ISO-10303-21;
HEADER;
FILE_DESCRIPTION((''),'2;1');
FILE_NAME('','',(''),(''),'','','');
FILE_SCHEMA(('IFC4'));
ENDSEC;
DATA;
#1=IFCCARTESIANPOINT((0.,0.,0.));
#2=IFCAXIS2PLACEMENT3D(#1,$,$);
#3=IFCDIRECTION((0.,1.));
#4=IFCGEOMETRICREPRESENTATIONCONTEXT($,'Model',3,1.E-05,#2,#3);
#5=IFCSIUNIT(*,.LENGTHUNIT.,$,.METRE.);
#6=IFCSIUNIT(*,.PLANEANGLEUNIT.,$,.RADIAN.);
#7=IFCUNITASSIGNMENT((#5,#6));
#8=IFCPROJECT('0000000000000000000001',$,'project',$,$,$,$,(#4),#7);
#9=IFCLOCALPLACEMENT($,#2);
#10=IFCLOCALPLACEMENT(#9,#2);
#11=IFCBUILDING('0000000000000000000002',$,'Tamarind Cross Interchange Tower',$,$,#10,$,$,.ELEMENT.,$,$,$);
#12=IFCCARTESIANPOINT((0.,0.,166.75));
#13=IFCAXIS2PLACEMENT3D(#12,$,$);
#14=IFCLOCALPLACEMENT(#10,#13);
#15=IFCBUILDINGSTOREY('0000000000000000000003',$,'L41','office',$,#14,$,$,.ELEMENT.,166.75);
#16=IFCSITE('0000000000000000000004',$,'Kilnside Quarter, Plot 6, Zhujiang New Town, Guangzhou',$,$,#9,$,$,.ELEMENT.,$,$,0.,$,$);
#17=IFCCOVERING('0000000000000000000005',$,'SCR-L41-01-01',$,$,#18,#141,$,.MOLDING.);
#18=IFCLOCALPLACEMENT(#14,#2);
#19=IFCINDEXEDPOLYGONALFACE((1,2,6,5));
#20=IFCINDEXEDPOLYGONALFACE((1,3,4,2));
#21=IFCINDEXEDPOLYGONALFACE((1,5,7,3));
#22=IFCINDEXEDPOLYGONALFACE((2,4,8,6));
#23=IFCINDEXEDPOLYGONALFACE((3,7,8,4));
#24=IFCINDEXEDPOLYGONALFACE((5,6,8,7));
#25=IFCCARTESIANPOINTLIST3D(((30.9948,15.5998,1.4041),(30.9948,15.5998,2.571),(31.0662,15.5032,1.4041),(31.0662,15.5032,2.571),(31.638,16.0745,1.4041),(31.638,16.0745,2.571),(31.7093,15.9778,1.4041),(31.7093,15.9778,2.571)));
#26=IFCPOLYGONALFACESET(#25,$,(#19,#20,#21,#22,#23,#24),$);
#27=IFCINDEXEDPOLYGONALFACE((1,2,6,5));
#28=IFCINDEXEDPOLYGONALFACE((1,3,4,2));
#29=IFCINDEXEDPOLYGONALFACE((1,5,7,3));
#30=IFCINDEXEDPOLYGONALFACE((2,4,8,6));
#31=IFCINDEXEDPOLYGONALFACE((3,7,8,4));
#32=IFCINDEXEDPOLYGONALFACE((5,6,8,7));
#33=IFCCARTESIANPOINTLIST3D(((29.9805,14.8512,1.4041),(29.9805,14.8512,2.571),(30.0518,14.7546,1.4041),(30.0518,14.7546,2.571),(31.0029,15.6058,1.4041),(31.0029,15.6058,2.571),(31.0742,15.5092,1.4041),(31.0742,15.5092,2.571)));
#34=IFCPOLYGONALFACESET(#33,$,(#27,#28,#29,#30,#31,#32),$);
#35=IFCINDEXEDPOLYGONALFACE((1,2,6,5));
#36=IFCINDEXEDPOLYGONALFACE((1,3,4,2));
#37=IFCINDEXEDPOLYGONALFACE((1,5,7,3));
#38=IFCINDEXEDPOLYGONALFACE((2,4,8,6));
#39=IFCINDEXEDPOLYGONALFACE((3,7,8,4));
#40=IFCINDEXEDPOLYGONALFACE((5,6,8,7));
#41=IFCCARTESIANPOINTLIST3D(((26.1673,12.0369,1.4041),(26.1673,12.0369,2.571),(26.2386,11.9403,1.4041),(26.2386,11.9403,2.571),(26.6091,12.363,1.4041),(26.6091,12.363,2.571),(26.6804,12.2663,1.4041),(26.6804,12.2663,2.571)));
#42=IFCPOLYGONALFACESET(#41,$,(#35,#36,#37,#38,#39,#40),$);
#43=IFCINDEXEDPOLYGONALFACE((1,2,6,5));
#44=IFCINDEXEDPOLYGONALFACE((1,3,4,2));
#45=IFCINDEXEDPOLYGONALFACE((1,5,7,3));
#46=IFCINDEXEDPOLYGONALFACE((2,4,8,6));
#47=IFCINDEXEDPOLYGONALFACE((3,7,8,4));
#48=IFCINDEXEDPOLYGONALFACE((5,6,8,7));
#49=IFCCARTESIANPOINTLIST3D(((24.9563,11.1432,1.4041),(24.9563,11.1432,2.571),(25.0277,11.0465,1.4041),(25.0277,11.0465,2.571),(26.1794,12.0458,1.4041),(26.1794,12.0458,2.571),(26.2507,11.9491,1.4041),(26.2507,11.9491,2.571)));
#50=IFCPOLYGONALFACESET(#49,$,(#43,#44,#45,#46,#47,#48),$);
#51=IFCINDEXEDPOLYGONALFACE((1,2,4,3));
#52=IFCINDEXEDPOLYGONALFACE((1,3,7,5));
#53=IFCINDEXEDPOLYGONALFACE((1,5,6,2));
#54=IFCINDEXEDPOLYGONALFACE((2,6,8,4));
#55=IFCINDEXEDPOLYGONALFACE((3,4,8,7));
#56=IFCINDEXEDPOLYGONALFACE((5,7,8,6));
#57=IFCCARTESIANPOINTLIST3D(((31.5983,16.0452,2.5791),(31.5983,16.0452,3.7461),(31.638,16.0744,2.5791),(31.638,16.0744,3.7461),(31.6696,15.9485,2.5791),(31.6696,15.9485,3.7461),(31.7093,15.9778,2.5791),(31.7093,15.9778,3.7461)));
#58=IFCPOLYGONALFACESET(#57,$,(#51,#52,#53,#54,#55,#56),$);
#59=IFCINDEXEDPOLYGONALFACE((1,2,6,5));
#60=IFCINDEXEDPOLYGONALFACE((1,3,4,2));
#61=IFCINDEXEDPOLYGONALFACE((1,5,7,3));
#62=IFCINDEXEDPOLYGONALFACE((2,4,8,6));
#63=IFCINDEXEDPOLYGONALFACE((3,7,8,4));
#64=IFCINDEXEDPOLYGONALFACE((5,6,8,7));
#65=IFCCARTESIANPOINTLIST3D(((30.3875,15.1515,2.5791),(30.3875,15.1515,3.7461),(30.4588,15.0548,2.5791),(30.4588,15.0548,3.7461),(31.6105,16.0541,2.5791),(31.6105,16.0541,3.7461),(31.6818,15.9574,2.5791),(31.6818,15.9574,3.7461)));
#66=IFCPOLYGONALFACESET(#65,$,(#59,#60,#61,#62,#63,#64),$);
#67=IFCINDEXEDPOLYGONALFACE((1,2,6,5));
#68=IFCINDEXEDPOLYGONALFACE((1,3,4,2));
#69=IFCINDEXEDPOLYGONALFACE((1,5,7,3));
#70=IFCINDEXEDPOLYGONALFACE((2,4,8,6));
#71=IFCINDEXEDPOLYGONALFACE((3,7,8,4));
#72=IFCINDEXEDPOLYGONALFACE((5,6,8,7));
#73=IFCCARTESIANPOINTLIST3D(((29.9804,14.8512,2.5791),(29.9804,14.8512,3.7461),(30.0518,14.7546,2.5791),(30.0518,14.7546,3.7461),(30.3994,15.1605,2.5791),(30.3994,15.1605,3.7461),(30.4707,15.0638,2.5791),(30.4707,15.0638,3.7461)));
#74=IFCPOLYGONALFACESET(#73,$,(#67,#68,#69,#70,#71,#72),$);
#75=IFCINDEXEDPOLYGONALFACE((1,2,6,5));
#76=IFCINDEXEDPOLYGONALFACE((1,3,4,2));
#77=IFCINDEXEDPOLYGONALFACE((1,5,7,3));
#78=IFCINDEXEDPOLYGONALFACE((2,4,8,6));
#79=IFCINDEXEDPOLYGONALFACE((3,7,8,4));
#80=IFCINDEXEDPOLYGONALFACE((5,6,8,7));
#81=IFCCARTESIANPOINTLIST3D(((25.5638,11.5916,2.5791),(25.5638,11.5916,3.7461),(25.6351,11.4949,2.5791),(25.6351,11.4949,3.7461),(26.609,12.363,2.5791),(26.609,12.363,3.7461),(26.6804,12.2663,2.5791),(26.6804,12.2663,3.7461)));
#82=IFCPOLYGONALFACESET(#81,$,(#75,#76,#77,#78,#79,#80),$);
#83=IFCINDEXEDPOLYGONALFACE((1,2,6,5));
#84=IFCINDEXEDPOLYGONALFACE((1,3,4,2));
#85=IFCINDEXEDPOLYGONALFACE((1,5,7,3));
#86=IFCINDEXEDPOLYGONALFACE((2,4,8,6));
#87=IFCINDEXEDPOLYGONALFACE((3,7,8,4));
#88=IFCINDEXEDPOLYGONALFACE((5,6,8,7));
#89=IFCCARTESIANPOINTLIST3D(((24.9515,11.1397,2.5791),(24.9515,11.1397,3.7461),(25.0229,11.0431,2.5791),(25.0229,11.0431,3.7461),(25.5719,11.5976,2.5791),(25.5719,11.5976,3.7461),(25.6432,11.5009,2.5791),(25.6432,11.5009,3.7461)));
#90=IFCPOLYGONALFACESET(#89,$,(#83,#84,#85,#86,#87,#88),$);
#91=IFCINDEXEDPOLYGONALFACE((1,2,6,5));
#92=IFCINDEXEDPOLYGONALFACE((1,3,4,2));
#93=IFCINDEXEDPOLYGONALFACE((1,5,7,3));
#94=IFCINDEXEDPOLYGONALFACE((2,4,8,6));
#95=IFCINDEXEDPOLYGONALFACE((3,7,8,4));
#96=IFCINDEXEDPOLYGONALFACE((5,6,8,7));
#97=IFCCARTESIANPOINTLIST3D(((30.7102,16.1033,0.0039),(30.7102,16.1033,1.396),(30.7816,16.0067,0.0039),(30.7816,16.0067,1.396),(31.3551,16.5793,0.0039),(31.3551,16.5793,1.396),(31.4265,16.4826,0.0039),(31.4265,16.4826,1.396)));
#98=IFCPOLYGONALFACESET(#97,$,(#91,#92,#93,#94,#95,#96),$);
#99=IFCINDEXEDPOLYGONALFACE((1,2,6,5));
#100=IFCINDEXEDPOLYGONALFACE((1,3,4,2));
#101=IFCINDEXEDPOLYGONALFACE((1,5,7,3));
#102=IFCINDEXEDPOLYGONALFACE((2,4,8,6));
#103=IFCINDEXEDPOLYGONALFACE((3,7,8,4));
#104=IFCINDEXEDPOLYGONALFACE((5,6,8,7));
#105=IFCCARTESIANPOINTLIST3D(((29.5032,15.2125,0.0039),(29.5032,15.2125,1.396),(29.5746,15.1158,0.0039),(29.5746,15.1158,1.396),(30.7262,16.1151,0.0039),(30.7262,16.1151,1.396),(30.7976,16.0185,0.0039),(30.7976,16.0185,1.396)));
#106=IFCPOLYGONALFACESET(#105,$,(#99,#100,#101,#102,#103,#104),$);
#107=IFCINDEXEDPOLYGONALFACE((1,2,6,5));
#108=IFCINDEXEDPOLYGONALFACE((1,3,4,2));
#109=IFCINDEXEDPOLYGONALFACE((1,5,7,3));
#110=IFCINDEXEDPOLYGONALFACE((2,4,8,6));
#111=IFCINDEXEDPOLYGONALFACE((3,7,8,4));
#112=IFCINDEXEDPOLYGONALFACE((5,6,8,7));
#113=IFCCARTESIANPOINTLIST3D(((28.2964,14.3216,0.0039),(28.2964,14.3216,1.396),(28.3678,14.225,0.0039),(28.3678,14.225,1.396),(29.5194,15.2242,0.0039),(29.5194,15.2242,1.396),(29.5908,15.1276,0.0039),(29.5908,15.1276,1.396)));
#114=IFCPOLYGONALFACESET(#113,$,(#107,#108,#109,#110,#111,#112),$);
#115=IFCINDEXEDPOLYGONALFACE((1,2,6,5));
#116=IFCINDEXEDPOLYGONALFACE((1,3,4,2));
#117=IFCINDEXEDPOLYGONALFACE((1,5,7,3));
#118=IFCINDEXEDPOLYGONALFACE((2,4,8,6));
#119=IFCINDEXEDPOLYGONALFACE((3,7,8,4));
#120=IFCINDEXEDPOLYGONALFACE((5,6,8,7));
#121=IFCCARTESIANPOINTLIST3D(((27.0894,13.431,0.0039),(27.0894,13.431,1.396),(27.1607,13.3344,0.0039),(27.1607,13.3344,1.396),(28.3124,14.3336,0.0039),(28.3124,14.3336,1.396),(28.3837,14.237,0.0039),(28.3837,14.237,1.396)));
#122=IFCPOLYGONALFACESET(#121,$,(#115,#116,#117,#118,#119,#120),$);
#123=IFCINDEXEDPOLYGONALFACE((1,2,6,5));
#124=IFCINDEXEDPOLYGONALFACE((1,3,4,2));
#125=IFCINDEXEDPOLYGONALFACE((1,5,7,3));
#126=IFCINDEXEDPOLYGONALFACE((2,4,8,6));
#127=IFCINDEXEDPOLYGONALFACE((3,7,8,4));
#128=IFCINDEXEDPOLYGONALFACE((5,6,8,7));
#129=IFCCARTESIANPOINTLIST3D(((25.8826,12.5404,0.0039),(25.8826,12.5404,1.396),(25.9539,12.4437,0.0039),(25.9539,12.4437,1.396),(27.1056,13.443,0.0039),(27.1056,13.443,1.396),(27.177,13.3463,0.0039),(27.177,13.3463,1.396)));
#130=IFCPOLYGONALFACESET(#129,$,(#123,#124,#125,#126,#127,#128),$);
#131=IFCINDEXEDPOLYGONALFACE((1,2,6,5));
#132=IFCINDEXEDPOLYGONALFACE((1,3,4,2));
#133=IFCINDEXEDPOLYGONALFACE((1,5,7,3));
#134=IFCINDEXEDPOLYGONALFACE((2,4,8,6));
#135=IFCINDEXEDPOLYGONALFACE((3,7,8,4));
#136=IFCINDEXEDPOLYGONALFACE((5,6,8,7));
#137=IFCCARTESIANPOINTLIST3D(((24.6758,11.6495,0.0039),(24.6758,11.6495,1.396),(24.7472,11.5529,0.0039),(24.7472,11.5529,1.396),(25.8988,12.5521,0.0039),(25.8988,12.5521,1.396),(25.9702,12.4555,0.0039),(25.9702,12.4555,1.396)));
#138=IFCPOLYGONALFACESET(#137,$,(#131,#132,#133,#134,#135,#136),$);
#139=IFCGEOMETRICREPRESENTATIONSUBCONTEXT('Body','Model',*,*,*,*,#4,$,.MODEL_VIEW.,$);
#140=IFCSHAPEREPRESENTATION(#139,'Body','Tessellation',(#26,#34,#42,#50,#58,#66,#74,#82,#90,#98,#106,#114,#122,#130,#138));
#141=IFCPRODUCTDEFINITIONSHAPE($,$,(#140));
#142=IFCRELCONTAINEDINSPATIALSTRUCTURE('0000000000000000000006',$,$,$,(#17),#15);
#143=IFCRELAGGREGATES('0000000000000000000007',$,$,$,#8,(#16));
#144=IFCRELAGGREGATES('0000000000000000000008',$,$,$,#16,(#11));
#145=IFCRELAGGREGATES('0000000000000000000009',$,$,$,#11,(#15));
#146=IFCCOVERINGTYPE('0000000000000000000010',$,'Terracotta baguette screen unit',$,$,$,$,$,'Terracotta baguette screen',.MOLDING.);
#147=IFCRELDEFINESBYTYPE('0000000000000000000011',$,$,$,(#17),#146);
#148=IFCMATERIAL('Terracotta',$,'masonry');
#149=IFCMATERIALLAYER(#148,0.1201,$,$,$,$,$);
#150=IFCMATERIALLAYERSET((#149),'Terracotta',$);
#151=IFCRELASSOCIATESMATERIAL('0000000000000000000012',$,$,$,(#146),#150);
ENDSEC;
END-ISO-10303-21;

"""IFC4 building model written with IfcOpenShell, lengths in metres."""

from ifc_helpers import new_model, si_unit, direction, frame, origin, origin_2d, place, context, subcontext, project, spatial, rectangle, extrude, material, layer, layer_set, type_object, element, save


model = new_model("IFC4")

# Units and contexts
model_context = context("Model", 3, precision=1e-05, world=origin(), true_north=direction((0.0, 1.0)))
body_context = subcontext(model_context, "Body", "Model", "MODEL_VIEW")
ifc_project = project(units=[si_unit("LENGTHUNIT", "METRE"), si_unit("PLANEANGLEUNIT", "RADIAN")], contexts=[model_context])

# Site, building, storey
site_placement = place(None, origin())
site = spatial("IfcSite", under=ifc_project, at=site_placement, Name="Kilnside Quarter, Plot 6, Zhujiang New Town, Guangzhou", CompositionType="ELEMENT", RefElevation=0.0)
building_placement = place(site_placement, origin())
building = spatial("IfcBuilding", under=site, at=building_placement, Name="Tamarind Cross Interchange Tower", CompositionType="ELEMENT")
storey_placement = place(building_placement, frame((0.0, 0.0, 166.75)))
storey = spatial("IfcBuildingStorey", under=building, at=storey_placement, Name="L41", Description="office", CompositionType="ELEMENT", Elevation=166.75)

# Covering
ifc_material_1 = material(Name="Terracotta", Category="masonry")
ifc_layer_1 = layer(ifc_material_1, 0.1201)
ifc_layer_set_1 = layer_set([ifc_layer_1], Name="Terracotta")
covering_type = type_object("IfcCoveringType", Name="Terracotta baguette screen unit", ElementType="Terracotta baguette screen", PredefinedType="MOLDING", material=ifc_layer_set_1)
covering_1_placement = place(storey_placement, origin())
element("IfcCovering", 1, at=covering_1_placement, inside=storey, type_object=covering_type, Name="SCR-L41-01-01", PredefinedType="MOLDING", context=body_context, shape_type="SweptSolid", body=[
    extrude(rectangle(XDim=0.7993, YDim=0.1201, at=origin_2d()), frame((31.3521, 15.7888, 1.4041), z_axis=(0.0, 0.0, 1.0), x_axis=(-0.804598, -0.593819, 0.0)), (0.0, 0.0, 1.0), 1.167),
    extrude(rectangle(XDim=1.2708, YDim=0.1201, at=origin_2d()), frame((30.5273, 15.1802, 1.4041), z_axis=(0.0, 0.0, 1.0), x_axis=(-0.804598, -0.593819, 0.0)), (0.0, 0.0, 1.0), 1.167),
    extrude(rectangle(XDim=0.5491, YDim=0.1201, at=origin_2d()), frame((26.4238, 12.1516, 1.4041), z_axis=(0.0, 0.0, 1.0), x_axis=(-0.804598, -0.593819, 0.0)), (0.0, 0.0, 1.0), 1.167),
    extrude(rectangle(XDim=1.52, YDim=0.1201, at=origin_2d()), frame((25.6035, 11.5461, 1.4041), z_axis=(0.0, 0.0, 1.0), x_axis=(-0.804598, -0.593819, 0.0)), (0.0, 0.0, 1.0), 1.167),
    extrude(rectangle(XDim=0.0493, YDim=0.1201, at=origin_2d()), frame((31.6538, 16.0115, 2.5791), z_axis=(0.0, 0.0, 1.0), x_axis=(-0.804598, -0.593819, 0.0)), (0.0, 0.0, 1.0), 1.167),
    extrude(rectangle(XDim=1.52, YDim=0.1201, at=origin_2d()), frame((31.0347, 15.5544, 2.5791), z_axis=(0.0, 0.0, 1.0), x_axis=(-0.804598, -0.593819, 0.0)), (0.0, 0.0, 1.0), 1.167),
    extrude(rectangle(XDim=0.5208, YDim=0.1201, at=origin_2d()), frame((30.2256, 14.9575, 2.5791), z_axis=(0.0, 0.0, 1.0), x_axis=(-0.804598, -0.593819, 0.0)), (0.0, 0.0, 1.0), 1.167),
    extrude(rectangle(XDim=1.2991, YDim=0.1201, at=origin_2d()), frame((26.1221, 11.929, 2.5791), z_axis=(0.0, 0.0, 1.0), x_axis=(-0.804598, -0.593819, 0.0)), (0.0, 0.0, 1.0), 1.167),
    extrude(rectangle(XDim=0.771, YDim=0.1201, at=origin_2d()), frame((25.2974, 11.3203, 2.5791), z_axis=(0.0, 0.0, 1.0), x_axis=(-0.804598, -0.593819, 0.0)), (0.0, 0.0, 1.0), 1.167),
    extrude(rectangle(XDim=0.8015, YDim=0.1201, at=origin_2d()), frame((31.0684, 16.293, 0.0039), z_axis=(0.0, 0.0, 1.0), x_axis=(-0.804598, -0.593819, 0.0)), (0.0, 0.0, 1.0), 1.3921),
    extrude(rectangle(XDim=1.52, YDim=0.1201, at=origin_2d()), frame((30.1504, 15.6155, 0.0039), z_axis=(0.0, 0.0, 1.0), x_axis=(-0.804598, -0.593819, 0.0)), (0.0, 0.0, 1.0), 1.3921),
    extrude(rectangle(XDim=1.52, YDim=0.1201, at=origin_2d()), frame((28.9436, 14.7246, 0.0039), z_axis=(0.0, 0.0, 1.0), x_axis=(-0.804598, -0.593819, 0.0)), (0.0, 0.0, 1.0), 1.3921),
    extrude(rectangle(XDim=1.52, YDim=0.1201, at=origin_2d()), frame((27.7366, 13.834, 0.0039), z_axis=(0.0, 0.0, 1.0), x_axis=(-0.804598, -0.593819, 0.0)), (0.0, 0.0, 1.0), 1.3921),
    extrude(rectangle(XDim=1.52, YDim=0.1201, at=origin_2d()), frame((26.5298, 12.9434, 0.0039), z_axis=(0.0, 0.0, 1.0), x_axis=(-0.804598, -0.593819, 0.0)), (0.0, 0.0, 1.0), 1.3921),
    extrude(rectangle(XDim=1.52, YDim=0.1201, at=origin_2d()), frame((25.323, 12.0525, 0.0039), z_axis=(0.0, 0.0, 1.0), x_axis=(-0.804598, -0.593819, 0.0)), (0.0, 0.0, 1.0), 1.3921),
])

save(model, "model.ifc")
